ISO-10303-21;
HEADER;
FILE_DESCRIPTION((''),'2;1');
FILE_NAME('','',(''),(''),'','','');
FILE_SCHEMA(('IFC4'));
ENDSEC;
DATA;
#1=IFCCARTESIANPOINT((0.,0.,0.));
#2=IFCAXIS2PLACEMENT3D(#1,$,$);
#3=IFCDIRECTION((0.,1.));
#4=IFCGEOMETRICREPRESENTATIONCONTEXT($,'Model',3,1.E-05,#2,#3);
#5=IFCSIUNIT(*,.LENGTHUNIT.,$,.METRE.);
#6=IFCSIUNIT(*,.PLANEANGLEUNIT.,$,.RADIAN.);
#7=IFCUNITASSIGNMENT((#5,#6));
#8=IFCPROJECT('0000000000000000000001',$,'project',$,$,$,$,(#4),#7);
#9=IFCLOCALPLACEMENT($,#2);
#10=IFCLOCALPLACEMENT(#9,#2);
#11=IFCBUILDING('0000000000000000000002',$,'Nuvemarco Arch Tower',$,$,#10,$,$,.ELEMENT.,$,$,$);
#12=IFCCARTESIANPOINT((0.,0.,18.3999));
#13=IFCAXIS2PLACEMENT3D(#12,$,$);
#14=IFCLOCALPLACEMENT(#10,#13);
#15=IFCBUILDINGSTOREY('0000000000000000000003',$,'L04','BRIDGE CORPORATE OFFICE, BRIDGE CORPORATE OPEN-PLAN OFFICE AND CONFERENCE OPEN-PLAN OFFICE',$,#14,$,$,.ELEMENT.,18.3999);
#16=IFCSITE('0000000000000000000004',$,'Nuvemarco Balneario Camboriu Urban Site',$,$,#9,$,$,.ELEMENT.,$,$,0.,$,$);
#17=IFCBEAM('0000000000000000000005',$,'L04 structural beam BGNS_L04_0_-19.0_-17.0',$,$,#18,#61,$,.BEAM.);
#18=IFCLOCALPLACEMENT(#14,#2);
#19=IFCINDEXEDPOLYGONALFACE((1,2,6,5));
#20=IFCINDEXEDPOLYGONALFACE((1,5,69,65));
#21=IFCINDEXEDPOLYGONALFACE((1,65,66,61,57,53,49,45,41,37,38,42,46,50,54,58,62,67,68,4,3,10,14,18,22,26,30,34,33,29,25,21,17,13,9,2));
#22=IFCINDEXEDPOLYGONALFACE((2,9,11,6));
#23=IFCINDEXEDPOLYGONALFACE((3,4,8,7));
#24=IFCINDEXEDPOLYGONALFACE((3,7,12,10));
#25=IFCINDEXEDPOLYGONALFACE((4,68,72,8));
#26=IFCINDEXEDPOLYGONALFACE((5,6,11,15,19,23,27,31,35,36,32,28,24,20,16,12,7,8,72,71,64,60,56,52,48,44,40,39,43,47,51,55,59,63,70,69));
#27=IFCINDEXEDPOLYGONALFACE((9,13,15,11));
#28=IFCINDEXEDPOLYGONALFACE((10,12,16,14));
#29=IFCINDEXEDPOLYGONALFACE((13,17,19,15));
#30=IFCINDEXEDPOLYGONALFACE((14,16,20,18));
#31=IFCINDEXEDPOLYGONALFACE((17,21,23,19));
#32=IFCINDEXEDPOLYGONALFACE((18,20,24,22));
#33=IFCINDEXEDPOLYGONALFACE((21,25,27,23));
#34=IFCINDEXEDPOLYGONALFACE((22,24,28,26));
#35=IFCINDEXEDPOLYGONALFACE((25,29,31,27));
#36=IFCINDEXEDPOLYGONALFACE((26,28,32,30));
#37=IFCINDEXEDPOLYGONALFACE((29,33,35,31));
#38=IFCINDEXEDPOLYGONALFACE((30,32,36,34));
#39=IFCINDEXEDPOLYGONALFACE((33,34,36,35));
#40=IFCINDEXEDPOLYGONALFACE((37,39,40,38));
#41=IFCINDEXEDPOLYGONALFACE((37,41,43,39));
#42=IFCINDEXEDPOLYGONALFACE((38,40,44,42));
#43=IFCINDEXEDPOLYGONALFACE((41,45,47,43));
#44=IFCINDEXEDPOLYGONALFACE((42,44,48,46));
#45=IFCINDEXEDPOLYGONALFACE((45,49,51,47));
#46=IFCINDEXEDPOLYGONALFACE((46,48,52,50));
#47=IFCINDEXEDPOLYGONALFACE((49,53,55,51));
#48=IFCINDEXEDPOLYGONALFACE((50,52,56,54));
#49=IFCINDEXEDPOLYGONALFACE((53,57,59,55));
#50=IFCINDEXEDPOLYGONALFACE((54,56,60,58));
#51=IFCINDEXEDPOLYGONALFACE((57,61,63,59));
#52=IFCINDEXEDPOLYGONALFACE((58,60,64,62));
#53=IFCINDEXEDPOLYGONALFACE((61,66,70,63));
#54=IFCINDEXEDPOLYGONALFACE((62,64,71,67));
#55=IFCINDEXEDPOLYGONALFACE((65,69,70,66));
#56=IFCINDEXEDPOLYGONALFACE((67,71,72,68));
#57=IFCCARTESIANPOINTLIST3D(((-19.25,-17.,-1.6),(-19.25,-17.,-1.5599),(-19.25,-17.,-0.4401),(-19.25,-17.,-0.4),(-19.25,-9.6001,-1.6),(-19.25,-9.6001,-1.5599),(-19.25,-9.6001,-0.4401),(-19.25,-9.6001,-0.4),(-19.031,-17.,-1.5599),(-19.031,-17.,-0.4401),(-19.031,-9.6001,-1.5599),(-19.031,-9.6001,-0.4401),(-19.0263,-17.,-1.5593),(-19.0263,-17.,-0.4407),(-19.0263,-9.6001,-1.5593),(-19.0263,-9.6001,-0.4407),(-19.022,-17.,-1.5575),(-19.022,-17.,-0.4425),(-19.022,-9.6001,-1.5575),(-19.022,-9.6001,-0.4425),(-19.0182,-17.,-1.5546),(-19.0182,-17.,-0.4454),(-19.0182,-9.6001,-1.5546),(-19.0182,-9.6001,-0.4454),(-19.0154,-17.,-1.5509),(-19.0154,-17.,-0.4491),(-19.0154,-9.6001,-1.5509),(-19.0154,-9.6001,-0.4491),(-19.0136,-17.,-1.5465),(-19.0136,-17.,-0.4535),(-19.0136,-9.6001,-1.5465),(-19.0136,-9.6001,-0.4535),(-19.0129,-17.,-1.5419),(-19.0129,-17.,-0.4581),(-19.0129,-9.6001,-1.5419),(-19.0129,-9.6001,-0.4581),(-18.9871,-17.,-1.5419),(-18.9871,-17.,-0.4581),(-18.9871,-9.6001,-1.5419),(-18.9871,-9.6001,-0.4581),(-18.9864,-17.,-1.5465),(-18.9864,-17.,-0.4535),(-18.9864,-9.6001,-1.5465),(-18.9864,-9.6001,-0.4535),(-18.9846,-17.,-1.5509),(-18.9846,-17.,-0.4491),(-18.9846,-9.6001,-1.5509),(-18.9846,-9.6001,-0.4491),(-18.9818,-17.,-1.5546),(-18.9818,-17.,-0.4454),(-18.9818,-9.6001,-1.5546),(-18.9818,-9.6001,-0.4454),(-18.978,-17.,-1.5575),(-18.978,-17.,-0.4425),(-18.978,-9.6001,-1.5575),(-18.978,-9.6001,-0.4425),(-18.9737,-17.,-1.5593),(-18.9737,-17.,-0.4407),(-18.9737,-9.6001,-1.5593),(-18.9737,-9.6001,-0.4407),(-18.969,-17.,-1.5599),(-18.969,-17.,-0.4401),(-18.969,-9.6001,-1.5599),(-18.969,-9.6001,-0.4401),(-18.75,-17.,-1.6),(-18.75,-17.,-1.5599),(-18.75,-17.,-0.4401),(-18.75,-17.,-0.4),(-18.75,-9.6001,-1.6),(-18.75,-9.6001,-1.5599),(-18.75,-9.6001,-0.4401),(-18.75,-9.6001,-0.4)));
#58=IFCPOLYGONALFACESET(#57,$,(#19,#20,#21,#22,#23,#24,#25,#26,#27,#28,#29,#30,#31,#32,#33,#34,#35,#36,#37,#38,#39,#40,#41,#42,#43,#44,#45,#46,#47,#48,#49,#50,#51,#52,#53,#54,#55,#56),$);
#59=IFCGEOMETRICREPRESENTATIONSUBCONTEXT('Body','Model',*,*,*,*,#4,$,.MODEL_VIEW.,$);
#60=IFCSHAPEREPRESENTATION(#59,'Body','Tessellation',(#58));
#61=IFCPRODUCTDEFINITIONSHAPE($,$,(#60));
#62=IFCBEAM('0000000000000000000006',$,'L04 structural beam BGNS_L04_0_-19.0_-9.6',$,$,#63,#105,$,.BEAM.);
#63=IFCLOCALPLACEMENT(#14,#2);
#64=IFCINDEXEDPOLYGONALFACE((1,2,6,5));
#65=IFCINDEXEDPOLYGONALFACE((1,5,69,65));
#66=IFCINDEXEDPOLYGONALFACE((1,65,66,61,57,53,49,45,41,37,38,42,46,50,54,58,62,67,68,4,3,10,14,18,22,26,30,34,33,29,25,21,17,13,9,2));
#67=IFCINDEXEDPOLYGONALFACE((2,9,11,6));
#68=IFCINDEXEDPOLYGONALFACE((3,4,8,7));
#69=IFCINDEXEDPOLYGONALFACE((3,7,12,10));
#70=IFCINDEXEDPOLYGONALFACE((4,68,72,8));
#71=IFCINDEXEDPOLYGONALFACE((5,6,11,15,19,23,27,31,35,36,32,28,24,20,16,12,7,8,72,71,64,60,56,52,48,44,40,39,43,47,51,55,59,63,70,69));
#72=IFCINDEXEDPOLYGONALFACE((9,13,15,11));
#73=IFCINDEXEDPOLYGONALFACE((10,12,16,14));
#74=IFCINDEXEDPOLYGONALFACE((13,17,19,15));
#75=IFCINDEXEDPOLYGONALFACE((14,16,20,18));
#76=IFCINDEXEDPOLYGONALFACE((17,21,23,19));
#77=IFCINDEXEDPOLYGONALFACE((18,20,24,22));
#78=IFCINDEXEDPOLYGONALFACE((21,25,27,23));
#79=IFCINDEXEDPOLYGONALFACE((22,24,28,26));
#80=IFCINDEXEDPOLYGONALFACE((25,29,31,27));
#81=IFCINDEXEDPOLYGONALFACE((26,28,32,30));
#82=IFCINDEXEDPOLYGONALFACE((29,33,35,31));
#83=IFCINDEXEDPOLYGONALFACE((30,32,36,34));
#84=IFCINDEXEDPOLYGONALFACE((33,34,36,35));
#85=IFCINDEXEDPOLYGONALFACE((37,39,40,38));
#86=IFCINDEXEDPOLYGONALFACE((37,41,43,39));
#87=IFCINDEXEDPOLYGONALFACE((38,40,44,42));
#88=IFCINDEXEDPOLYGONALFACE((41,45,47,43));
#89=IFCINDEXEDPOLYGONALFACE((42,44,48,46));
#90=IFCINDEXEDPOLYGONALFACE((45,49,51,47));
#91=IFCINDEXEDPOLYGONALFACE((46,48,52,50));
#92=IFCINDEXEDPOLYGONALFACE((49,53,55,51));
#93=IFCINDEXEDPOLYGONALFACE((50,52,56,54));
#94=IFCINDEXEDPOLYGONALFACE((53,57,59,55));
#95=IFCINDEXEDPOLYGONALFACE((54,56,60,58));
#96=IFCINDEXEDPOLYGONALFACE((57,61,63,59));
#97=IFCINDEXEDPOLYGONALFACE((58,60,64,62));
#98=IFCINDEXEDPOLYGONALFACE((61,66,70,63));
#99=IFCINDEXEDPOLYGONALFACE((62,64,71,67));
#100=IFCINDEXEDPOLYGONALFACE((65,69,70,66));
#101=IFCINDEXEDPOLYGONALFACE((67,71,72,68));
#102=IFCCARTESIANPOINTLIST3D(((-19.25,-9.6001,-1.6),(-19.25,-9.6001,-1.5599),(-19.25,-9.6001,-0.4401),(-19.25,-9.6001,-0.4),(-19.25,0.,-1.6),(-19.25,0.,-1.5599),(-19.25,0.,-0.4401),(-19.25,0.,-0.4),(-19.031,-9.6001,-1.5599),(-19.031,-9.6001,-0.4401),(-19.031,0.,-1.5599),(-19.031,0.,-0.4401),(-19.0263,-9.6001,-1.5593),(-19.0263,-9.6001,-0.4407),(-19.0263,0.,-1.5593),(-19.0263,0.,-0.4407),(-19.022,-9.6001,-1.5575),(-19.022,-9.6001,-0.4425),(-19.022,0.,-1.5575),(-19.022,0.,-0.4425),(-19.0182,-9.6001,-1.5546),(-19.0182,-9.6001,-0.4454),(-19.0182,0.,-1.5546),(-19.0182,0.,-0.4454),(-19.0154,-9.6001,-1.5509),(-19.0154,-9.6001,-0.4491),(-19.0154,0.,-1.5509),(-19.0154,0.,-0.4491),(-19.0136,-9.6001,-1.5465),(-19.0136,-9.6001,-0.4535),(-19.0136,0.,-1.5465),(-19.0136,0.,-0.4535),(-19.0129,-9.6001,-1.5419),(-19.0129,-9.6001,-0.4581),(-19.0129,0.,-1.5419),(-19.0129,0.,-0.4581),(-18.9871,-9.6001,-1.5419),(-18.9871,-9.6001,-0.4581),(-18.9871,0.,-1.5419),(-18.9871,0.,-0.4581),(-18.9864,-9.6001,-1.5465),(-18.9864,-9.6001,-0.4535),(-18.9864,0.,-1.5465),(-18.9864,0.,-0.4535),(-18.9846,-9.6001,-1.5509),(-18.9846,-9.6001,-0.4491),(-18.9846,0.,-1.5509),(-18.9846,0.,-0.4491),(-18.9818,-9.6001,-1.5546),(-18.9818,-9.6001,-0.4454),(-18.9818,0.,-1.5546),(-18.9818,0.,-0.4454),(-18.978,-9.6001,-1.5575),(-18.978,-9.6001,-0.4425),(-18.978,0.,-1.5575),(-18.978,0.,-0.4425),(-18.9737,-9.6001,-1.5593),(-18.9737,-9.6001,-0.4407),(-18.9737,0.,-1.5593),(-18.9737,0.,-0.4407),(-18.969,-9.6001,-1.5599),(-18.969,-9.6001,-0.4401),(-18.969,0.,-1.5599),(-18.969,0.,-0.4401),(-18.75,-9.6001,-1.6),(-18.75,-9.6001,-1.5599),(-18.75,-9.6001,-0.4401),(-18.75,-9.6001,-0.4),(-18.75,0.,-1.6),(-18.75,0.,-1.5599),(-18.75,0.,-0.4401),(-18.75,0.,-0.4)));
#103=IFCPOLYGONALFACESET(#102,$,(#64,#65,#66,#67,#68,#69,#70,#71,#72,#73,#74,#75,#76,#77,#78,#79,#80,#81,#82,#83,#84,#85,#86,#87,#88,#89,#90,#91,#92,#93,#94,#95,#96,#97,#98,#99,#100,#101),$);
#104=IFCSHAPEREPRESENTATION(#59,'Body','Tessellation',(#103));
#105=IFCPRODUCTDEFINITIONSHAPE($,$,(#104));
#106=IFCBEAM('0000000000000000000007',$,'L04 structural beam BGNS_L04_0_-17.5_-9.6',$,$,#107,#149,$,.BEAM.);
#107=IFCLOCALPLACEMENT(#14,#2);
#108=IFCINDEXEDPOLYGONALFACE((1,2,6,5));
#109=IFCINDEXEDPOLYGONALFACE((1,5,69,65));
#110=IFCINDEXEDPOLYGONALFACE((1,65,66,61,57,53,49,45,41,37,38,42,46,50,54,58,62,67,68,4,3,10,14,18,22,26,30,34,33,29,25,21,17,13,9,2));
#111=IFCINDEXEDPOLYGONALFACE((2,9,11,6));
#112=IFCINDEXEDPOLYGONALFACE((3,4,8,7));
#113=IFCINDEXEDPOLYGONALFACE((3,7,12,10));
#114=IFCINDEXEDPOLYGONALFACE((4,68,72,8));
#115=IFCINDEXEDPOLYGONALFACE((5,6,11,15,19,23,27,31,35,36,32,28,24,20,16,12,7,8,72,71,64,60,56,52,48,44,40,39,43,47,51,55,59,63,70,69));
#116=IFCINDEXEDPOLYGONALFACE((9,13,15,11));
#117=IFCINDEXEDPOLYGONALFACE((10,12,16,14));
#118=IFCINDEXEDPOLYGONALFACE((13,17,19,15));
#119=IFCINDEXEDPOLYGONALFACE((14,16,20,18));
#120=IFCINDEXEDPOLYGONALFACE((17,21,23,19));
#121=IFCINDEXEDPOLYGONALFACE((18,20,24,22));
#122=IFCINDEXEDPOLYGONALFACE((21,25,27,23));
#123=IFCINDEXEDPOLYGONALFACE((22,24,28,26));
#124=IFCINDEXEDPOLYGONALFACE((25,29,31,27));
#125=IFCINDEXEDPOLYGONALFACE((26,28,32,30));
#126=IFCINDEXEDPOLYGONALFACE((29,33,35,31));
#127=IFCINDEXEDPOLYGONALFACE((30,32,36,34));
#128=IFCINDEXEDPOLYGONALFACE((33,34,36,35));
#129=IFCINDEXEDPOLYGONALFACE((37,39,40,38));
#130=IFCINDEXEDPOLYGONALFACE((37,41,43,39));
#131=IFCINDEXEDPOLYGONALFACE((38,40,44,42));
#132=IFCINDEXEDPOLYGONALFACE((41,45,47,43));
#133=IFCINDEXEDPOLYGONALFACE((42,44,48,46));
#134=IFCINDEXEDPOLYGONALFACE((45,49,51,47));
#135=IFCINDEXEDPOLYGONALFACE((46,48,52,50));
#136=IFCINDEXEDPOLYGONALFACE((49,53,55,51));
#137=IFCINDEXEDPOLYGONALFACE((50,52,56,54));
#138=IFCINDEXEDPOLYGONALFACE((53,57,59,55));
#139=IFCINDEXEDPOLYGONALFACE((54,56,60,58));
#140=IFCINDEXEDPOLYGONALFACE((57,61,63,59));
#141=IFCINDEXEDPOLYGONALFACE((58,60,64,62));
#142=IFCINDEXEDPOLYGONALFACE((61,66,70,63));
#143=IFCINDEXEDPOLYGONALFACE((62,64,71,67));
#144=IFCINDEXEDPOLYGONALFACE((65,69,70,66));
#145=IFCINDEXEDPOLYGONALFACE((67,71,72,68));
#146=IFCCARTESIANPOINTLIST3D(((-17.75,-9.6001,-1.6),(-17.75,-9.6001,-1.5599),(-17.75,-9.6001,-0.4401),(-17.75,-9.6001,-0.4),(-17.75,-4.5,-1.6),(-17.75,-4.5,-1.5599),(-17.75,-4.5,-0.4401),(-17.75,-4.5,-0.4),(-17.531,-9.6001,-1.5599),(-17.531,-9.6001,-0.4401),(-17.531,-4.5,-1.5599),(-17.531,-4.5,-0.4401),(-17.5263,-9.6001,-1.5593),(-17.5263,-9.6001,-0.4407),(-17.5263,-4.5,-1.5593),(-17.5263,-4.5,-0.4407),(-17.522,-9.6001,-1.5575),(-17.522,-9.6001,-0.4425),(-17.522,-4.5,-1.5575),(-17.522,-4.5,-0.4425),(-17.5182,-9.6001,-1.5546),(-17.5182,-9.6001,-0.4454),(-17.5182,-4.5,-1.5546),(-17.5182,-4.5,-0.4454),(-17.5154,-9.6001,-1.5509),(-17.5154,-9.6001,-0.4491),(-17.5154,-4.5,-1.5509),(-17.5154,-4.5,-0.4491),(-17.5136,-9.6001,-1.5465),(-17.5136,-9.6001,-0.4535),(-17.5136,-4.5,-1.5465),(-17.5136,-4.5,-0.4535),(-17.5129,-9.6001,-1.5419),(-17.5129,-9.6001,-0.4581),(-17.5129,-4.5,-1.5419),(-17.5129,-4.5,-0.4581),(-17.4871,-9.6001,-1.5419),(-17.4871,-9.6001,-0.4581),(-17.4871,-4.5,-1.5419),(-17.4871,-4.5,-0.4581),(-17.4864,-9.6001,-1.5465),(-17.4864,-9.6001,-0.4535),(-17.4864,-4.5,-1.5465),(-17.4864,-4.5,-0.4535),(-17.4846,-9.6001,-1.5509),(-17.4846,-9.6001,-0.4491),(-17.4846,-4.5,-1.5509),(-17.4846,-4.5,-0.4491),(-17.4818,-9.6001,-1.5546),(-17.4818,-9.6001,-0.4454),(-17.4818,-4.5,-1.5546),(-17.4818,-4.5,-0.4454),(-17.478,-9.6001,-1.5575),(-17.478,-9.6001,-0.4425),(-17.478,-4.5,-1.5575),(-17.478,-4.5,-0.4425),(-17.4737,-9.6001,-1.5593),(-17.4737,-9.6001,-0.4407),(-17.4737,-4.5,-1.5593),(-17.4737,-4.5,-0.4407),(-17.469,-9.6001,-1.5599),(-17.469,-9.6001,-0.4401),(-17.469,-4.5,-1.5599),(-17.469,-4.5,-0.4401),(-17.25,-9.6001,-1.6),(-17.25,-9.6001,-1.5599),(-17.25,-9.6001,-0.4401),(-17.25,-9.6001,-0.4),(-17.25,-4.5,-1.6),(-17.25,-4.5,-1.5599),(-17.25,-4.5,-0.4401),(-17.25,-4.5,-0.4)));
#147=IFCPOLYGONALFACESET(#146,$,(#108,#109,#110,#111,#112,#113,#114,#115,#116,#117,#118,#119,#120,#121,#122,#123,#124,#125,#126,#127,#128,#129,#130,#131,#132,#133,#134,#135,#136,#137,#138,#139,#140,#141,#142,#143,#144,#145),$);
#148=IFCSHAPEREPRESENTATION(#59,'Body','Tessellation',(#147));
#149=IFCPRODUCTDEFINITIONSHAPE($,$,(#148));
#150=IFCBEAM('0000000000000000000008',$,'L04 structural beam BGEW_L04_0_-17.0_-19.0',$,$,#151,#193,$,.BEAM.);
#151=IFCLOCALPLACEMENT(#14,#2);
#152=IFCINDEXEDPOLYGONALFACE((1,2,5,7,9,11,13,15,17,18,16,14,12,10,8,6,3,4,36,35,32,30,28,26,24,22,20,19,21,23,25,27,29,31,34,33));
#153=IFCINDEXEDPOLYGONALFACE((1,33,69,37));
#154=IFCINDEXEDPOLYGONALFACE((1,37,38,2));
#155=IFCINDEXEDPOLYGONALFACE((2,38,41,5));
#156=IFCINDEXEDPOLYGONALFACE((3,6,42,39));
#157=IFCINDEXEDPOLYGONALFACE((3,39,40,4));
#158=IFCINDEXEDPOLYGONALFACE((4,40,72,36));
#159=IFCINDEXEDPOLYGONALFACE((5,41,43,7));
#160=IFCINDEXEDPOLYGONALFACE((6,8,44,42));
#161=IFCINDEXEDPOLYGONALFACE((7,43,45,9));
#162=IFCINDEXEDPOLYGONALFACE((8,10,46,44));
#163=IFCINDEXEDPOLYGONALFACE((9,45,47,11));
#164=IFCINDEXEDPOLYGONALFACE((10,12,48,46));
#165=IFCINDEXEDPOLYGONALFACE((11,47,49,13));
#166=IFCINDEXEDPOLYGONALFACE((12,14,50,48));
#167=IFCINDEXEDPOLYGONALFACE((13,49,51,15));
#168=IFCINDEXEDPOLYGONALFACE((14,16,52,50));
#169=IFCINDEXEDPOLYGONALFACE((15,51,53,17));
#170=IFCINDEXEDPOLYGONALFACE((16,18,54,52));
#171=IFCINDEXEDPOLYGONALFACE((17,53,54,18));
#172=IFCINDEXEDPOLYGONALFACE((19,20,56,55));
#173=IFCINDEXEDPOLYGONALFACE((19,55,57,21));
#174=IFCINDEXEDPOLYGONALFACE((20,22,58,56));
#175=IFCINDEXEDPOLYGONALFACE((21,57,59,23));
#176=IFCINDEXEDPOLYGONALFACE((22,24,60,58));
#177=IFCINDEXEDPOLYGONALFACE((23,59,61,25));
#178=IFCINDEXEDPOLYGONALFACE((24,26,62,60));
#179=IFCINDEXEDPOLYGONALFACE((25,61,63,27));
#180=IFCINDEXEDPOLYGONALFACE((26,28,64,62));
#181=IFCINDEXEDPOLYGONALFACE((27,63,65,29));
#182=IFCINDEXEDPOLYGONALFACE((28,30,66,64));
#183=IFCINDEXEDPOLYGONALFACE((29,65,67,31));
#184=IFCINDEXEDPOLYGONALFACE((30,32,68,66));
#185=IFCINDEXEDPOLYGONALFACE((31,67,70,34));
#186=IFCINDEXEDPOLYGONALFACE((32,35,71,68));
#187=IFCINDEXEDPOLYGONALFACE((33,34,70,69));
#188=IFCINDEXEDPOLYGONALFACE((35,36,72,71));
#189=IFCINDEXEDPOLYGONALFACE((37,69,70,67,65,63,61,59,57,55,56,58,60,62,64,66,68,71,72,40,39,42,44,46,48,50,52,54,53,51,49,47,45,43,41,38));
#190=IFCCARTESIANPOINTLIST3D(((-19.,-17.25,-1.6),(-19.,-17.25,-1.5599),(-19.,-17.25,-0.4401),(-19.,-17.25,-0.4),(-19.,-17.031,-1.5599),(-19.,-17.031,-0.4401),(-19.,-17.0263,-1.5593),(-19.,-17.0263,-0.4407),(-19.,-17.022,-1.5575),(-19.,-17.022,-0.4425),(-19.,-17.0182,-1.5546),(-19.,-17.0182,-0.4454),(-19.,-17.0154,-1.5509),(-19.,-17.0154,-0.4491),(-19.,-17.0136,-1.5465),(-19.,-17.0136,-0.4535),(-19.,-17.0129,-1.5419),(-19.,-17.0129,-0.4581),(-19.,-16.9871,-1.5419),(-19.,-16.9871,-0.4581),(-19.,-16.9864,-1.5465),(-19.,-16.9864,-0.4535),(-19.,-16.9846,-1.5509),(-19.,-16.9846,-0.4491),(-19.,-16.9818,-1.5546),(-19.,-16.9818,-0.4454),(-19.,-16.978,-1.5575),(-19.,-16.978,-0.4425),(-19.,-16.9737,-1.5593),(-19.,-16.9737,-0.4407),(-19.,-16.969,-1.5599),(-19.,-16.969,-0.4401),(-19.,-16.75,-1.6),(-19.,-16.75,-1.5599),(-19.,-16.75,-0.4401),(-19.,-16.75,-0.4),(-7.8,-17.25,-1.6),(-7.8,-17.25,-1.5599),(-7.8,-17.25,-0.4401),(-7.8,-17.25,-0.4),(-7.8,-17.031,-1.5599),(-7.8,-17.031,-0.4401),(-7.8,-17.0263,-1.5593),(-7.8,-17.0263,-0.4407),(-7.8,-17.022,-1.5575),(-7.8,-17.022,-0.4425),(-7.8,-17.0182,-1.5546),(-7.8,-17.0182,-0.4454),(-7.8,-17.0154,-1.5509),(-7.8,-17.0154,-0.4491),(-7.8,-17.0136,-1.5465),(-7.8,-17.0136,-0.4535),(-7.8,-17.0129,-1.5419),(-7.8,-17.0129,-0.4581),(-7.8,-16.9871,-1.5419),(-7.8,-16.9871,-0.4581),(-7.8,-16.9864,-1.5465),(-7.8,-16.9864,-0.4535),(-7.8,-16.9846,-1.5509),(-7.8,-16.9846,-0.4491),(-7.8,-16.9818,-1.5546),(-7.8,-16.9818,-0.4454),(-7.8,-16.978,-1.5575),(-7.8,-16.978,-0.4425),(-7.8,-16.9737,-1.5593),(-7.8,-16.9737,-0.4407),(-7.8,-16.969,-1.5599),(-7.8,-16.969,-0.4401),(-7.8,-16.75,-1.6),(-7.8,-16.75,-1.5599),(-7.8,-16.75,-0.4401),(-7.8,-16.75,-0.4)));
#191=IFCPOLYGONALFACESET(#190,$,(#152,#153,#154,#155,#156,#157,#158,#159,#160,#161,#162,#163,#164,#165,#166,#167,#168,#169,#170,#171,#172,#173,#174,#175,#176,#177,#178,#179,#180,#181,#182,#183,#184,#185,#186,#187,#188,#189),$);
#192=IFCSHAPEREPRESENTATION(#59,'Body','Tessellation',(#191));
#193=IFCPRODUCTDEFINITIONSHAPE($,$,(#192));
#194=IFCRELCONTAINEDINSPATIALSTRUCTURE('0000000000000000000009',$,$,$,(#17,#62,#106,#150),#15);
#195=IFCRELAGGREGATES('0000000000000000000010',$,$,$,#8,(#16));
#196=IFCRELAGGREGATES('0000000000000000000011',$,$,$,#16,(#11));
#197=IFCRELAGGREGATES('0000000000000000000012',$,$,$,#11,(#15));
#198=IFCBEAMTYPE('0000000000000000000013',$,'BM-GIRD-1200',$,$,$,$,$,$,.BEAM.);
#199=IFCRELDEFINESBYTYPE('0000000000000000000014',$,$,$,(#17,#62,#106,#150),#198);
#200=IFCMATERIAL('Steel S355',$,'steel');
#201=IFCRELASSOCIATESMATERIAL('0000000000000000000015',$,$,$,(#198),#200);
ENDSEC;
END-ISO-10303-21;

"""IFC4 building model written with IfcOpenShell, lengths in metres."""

from ifc_helpers import new_model, si_unit, direction, frame, origin, origin_2d, place, context, subcontext, project, spatial, i_section, extrude, material, material_profile, profile_set, type_object, element, save


model = new_model("IFC4")

# Units and contexts
model_context = context("Model", 3, precision=1e-05, world=origin(), true_north=direction((0.0, 1.0)))
body_context = subcontext(model_context, "Body", "Model", "MODEL_VIEW")
ifc_project = project(units=[si_unit("LENGTHUNIT", "METRE"), si_unit("PLANEANGLEUNIT", "RADIAN")], contexts=[model_context])

# Site, building, storey
site_placement = place(None, origin())
site = spatial("IfcSite", under=ifc_project, at=site_placement, Name="Nuvemarco Balneario Camboriu Urban Site", CompositionType="ELEMENT", RefElevation=0.0)
building_placement = place(site_placement, origin())
building = spatial("IfcBuilding", under=site, at=building_placement, Name="Nuvemarco Arch Tower", CompositionType="ELEMENT")
storey_placement = place(building_placement, frame((0.0, 0.0, 18.3999)))
storey = spatial("IfcBuildingStorey", under=building, at=storey_placement, Name="L04", Description="BRIDGE CORPORATE OFFICE, BRIDGE CORPORATE OPEN-PLAN OFFICE AND CONFERENCE OPEN-PLAN OFFICE", CompositionType="ELEMENT", Elevation=18.3999)

# Beams
ifc_material_1 = material(Name="Steel S355", Category="steel")
ifc_material_profile_1 = material_profile(ifc_material_1, i_section(OverallWidth=0.5, OverallDepth=1.2, WebThickness=0.0259, FlangeThickness=0.04, FilletRadius=0.0181, at=origin_2d()), Name="PG1200x500")
ifc_profile_set_1 = profile_set([ifc_material_profile_1], Name="Steel S355")
beam_type_1 = type_object("IfcBeamType", Name="BM-GIRD-1200", PredefinedType="BEAM", material=ifc_profile_set_1)
beam_1_placement = place(storey_placement, frame((-19.0, -17.0, -1.0), z_axis=(0.0, 1.0, 0.0), x_axis=(-1.0, 0.0, 0.0)))
element("IfcBeam", 1, at=beam_1_placement, inside=storey, type_object=beam_type_1, Name="L04 structural beam BGNS_L04_0_-19.0_-17.0", PredefinedType="BEAM", context=body_context, shape_type="SweptSolid", body=[
    extrude(i_section(OverallWidth=0.5, OverallDepth=1.2, WebThickness=0.0259, FlangeThickness=0.04, FilletRadius=0.0181, at=origin_2d()), origin(), (0.0, 0.0, 1.0), 7.3999),
])
beam_2_placement = place(storey_placement, frame((-19.0, -9.6001, -1.0), z_axis=(0.0, 1.0, 0.0), x_axis=(-1.0, 0.0, 0.0)))
element("IfcBeam", 2, at=beam_2_placement, inside=storey, type_object=beam_type_1, Name="L04 structural beam BGNS_L04_0_-19.0_-9.6", PredefinedType="BEAM", context=body_context, shape_type="SweptSolid", body=[
    extrude(i_section(OverallWidth=0.5, OverallDepth=1.2, WebThickness=0.0259, FlangeThickness=0.04, FilletRadius=0.0181, at=origin_2d()), origin(), (0.0, 0.0, 1.0), 9.6001),
])
beam_3_placement = place(storey_placement, frame((-17.5, -9.6001, -1.0), z_axis=(0.0, 1.0, 0.0), x_axis=(-1.0, 0.0, 0.0)))
element("IfcBeam", 3, at=beam_3_placement, inside=storey, type_object=beam_type_1, Name="L04 structural beam BGNS_L04_0_-17.5_-9.6", PredefinedType="BEAM", context=body_context, shape_type="SweptSolid", body=[
    extrude(i_section(OverallWidth=0.5, OverallDepth=1.2, WebThickness=0.0259, FlangeThickness=0.04, FilletRadius=0.0181, at=origin_2d()), origin(), (0.0, 0.0, 1.0), 5.1001),
])
beam_4_placement = place(storey_placement, frame((-19.0, -17.0, -1.0), z_axis=(1.0, 0.0, 0.0), x_axis=(0.0, 1.0, 0.0)))
element("IfcBeam", 4, at=beam_4_placement, inside=storey, type_object=beam_type_1, Name="L04 structural beam BGEW_L04_0_-17.0_-19.0", PredefinedType="BEAM", context=body_context, shape_type="SweptSolid", body=[
    extrude(i_section(OverallWidth=0.5, OverallDepth=1.2, WebThickness=0.0259, FlangeThickness=0.04, FilletRadius=0.0181, at=origin_2d()), origin(), (0.0, 0.0, 1.0), 11.2),
])

save(model, "model.ifc")
